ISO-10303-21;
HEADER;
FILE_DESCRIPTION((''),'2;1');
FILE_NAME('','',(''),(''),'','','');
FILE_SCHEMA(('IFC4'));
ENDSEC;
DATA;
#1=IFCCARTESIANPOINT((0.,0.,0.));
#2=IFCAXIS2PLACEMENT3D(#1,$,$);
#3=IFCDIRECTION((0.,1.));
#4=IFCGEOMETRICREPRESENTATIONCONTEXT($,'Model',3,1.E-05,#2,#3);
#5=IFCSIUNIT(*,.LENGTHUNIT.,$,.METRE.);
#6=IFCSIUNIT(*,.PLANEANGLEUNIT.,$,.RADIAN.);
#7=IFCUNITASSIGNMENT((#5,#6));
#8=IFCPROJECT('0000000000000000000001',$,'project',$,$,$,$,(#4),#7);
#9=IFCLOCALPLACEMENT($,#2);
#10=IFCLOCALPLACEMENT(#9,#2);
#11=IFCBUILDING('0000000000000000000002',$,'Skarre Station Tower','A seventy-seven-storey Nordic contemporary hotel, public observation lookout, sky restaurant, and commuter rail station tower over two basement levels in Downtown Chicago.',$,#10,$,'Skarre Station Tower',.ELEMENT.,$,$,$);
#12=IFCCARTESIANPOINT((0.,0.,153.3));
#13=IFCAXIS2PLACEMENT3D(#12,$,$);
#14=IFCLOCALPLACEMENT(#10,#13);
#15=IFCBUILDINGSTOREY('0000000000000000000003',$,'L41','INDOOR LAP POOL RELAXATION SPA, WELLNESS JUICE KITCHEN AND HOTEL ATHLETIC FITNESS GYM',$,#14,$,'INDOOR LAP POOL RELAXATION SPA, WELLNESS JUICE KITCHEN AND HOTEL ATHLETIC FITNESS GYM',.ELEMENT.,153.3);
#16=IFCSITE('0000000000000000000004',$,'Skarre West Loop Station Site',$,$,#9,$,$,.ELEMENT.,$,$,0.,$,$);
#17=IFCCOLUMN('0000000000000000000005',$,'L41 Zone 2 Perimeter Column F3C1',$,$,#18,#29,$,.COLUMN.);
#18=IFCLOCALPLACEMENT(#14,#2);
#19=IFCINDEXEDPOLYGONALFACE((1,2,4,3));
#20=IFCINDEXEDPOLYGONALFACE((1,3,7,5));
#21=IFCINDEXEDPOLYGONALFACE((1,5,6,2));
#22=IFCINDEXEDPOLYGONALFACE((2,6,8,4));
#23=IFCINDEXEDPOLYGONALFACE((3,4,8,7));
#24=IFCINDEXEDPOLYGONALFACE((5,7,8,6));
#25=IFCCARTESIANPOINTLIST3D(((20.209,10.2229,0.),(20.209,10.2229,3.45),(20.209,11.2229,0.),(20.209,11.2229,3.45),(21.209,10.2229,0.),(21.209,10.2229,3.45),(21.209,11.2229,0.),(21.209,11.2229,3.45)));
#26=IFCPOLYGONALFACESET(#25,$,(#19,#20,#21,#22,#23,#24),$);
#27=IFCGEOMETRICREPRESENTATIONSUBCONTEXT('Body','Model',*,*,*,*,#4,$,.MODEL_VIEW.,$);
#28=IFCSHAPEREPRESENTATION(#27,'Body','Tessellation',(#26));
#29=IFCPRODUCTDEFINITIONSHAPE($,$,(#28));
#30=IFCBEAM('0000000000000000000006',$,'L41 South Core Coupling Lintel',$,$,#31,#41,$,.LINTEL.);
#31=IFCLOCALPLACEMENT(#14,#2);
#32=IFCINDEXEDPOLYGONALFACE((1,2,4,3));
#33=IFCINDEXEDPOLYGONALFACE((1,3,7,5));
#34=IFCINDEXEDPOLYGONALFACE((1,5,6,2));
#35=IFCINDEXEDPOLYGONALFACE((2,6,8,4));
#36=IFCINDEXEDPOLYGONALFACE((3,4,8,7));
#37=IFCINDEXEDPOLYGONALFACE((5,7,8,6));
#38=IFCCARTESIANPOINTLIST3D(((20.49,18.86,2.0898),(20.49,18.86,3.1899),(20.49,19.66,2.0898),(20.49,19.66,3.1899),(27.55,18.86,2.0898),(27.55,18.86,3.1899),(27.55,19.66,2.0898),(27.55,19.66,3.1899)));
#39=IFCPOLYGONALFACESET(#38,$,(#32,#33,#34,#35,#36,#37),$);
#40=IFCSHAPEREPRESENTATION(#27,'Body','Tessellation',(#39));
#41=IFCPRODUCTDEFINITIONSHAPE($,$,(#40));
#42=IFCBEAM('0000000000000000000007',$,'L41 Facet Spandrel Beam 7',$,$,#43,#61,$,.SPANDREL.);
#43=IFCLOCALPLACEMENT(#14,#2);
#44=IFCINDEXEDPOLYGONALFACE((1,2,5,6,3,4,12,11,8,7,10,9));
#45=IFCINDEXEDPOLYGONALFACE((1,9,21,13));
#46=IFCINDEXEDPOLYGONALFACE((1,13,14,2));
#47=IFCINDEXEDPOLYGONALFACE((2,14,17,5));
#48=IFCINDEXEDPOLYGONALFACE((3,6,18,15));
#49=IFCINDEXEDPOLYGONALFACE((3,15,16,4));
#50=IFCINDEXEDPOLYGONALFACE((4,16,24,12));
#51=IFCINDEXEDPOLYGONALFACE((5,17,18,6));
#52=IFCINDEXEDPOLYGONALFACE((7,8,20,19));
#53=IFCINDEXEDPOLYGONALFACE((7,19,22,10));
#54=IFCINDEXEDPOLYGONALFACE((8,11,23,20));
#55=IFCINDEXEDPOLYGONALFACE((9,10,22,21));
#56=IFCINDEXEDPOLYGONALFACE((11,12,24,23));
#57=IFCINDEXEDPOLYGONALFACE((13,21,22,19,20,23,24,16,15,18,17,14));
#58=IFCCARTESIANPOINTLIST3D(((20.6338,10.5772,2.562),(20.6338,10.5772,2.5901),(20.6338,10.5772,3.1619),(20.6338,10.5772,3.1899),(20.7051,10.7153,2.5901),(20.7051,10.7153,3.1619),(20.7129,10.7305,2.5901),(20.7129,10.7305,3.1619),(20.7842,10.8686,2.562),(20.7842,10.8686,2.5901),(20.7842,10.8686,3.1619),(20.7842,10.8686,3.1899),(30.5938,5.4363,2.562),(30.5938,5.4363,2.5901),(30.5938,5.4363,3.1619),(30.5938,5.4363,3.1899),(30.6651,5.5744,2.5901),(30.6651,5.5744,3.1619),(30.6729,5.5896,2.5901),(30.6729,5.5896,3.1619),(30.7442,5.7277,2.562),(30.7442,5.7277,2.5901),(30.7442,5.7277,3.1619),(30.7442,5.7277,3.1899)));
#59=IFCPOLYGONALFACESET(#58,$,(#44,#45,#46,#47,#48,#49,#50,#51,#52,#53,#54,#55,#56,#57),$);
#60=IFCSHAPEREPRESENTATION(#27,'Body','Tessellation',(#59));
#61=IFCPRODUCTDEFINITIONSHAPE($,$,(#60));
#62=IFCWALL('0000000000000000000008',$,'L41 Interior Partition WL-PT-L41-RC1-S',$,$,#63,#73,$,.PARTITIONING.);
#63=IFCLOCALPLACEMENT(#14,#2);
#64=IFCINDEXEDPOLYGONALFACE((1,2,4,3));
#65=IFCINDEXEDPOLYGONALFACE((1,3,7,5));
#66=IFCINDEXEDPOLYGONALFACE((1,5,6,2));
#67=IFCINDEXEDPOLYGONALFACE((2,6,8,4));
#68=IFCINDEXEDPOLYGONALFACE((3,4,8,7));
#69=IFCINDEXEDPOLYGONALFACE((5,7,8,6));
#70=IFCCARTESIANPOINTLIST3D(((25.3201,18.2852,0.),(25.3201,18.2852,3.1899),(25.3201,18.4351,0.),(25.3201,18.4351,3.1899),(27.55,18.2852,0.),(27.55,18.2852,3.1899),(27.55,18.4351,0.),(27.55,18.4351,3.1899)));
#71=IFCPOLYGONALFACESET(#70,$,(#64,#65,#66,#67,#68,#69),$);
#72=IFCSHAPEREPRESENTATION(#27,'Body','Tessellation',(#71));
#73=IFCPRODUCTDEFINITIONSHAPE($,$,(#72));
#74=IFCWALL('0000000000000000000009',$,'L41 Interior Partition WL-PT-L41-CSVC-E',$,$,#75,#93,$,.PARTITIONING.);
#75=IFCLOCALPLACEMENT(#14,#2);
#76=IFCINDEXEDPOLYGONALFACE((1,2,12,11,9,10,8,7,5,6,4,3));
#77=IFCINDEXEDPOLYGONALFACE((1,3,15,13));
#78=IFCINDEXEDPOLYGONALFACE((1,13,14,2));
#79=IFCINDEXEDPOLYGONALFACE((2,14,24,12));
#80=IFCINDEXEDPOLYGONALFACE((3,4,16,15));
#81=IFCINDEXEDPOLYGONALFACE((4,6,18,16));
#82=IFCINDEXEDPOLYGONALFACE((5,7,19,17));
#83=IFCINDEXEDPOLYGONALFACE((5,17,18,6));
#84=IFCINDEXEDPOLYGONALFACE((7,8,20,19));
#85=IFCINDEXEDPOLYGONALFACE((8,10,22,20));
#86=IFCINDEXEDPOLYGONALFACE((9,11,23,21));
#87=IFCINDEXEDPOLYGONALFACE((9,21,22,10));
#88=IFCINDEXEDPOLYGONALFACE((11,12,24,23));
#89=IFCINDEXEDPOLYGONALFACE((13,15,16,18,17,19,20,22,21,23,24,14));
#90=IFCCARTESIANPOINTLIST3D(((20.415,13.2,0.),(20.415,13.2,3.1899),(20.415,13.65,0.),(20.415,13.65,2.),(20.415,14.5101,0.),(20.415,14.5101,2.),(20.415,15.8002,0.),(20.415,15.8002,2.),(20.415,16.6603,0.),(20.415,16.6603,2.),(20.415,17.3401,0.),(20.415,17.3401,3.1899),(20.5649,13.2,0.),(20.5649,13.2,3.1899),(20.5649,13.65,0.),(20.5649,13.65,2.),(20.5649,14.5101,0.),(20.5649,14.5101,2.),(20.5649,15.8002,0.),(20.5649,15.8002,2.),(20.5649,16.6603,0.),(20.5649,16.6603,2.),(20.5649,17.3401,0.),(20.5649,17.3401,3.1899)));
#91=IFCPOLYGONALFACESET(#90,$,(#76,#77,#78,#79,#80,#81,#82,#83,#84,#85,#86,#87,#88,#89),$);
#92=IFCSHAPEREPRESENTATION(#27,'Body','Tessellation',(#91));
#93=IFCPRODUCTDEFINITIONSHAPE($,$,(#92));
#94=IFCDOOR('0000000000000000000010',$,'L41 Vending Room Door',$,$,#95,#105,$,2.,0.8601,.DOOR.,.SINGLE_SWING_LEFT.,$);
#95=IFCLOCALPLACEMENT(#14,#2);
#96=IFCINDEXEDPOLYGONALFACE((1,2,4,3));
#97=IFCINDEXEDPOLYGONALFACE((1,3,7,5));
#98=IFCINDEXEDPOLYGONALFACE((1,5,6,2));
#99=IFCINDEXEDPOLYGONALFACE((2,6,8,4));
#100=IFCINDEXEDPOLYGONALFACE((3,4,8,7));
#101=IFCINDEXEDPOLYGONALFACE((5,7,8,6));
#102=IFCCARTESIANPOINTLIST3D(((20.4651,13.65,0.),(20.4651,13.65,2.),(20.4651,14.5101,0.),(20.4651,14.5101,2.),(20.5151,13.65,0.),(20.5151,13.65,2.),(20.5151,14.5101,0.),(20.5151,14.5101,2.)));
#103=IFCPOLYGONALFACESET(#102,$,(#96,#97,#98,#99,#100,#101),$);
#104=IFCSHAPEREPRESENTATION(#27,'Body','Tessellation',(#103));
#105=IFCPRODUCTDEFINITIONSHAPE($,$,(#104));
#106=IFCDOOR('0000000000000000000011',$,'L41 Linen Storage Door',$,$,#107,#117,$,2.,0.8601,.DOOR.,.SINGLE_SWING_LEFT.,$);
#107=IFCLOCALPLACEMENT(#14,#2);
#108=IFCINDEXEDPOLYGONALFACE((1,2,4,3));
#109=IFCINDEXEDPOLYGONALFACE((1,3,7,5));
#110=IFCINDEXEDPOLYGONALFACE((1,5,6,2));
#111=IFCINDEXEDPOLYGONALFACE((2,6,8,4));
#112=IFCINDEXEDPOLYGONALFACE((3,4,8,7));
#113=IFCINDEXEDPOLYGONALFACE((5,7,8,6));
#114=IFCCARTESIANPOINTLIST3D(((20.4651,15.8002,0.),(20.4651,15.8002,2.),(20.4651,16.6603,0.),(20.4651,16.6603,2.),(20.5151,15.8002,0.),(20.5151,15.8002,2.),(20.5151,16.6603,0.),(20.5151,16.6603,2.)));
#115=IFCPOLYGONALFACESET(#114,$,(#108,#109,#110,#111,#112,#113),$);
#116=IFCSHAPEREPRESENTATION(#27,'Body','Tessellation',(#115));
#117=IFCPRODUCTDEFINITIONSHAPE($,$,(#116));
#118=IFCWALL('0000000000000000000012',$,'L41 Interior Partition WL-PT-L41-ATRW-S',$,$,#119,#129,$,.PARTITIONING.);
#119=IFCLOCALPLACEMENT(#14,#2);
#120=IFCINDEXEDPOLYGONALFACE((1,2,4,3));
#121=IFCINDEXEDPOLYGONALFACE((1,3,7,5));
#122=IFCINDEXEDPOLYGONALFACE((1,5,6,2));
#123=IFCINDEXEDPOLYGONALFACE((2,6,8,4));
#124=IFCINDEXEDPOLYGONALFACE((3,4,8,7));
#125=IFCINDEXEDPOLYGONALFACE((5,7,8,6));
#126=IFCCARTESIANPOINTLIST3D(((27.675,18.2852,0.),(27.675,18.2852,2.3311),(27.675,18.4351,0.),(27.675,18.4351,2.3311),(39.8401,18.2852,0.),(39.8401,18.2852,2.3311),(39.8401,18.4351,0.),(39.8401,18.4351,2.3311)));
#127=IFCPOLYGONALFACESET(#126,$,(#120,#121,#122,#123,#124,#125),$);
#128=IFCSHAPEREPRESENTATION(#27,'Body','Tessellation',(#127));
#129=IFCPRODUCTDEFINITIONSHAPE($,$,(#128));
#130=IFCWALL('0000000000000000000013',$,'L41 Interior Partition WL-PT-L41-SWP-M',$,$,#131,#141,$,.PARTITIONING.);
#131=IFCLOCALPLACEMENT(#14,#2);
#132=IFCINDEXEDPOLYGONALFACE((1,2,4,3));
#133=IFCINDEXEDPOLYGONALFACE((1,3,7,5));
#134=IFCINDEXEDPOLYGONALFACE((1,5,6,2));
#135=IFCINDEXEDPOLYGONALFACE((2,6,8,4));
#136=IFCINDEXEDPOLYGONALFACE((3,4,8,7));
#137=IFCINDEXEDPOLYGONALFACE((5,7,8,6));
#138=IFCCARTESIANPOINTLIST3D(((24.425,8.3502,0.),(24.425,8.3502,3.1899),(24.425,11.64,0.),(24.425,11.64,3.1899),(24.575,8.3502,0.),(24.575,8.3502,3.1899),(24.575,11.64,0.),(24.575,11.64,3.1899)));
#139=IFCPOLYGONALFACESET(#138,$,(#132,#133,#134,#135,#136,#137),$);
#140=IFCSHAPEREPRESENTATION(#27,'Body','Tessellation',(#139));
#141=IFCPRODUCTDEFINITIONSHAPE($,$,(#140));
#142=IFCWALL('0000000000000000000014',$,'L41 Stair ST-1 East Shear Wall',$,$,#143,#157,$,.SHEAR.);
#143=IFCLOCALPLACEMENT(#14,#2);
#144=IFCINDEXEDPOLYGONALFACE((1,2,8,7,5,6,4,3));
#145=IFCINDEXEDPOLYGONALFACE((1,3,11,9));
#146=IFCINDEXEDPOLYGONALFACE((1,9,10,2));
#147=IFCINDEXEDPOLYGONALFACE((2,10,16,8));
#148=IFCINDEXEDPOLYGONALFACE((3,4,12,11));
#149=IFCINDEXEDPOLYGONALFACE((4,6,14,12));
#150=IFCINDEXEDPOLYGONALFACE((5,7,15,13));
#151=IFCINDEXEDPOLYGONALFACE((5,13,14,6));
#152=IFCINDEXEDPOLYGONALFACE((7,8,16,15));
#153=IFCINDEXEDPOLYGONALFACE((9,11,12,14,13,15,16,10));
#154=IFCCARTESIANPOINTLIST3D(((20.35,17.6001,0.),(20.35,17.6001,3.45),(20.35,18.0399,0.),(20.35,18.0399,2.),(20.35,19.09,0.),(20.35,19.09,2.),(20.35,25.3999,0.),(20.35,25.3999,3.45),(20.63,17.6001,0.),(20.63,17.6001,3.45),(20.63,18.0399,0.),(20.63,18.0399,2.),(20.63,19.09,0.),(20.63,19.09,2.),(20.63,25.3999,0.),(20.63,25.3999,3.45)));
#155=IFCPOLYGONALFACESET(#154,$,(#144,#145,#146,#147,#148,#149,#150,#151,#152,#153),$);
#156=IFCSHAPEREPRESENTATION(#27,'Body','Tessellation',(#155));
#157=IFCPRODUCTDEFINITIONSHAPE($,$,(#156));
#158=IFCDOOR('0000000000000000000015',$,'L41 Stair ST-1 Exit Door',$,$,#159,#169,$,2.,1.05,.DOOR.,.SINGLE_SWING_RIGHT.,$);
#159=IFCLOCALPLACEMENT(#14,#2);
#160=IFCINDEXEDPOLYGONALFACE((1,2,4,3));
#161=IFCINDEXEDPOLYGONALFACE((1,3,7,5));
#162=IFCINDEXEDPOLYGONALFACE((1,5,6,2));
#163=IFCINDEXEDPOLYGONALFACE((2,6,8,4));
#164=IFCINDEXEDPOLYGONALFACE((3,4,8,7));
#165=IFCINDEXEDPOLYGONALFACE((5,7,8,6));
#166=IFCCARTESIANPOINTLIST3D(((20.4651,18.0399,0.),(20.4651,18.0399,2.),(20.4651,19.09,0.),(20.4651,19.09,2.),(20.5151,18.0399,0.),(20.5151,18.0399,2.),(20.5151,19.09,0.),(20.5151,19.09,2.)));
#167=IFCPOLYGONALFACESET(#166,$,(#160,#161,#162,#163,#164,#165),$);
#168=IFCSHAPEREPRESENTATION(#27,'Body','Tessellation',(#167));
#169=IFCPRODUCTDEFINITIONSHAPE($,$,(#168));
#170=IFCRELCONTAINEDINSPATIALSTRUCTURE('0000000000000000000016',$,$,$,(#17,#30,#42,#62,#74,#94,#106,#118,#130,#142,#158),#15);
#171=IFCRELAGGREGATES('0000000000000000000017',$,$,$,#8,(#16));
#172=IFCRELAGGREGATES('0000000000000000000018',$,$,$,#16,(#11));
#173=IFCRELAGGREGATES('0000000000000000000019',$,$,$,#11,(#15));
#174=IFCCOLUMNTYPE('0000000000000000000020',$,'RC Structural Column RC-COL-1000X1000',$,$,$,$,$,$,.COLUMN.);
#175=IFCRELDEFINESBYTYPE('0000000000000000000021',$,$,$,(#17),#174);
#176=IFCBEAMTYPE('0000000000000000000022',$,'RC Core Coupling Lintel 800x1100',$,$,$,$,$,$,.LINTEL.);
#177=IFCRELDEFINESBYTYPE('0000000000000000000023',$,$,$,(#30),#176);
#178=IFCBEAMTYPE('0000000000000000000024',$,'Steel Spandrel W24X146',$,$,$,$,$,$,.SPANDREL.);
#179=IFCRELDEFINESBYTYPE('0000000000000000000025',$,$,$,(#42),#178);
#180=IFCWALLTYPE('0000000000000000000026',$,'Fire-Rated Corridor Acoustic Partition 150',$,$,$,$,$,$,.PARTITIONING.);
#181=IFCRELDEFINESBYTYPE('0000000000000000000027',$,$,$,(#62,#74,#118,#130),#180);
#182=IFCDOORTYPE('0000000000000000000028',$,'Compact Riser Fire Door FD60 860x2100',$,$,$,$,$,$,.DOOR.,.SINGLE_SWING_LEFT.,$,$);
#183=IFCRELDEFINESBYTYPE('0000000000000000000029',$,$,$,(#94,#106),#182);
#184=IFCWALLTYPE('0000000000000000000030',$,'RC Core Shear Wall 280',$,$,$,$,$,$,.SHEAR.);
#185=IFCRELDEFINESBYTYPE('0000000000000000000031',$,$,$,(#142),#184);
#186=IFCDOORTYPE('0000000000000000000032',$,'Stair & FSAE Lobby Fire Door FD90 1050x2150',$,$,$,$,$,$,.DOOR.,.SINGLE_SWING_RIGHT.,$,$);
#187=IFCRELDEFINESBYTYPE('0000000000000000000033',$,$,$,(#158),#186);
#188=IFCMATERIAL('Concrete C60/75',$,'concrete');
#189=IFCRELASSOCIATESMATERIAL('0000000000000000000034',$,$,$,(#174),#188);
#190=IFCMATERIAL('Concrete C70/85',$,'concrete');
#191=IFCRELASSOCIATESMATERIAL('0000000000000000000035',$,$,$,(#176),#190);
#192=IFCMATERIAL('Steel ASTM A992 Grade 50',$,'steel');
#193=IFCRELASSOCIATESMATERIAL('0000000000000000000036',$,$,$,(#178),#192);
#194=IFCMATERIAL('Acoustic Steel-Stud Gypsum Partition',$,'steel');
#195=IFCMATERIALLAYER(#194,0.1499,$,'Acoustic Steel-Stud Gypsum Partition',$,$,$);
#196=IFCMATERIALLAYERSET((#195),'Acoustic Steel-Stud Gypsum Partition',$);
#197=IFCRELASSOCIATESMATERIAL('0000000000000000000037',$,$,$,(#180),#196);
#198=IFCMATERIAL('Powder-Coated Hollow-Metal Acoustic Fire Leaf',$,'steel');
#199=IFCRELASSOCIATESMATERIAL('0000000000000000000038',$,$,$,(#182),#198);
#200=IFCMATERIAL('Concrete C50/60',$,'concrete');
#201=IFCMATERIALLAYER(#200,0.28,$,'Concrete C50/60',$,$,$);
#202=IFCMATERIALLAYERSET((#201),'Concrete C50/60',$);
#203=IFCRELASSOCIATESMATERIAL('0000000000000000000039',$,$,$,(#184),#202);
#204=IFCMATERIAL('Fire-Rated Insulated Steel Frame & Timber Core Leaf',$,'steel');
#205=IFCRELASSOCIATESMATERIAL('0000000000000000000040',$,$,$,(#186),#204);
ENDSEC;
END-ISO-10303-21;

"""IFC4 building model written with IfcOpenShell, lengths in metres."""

from ifc_helpers import new_model, si_unit, direction, frame, frame_2d, origin, origin_2d, place, context, subcontext, project, spatial, rectangle, i_section, extrude, material, layer, layer_set, material_profile, profile_set, type_object, element, fill, save


model = new_model("IFC4")

# Units and contexts
model_context = context("Model", 3, precision=1e-05, world=origin(), true_north=direction((0.0, 1.0)))
body_context = subcontext(model_context, "Body", "Model", "MODEL_VIEW")
ifc_project = project(units=[si_unit("LENGTHUNIT", "METRE"), si_unit("PLANEANGLEUNIT", "RADIAN")], contexts=[model_context])

# Site, building, storey
site_placement = place(None, origin())
site = spatial("IfcSite", under=ifc_project, at=site_placement, Name="Skarre West Loop Station Site", CompositionType="ELEMENT", RefElevation=0.0)
building_placement = place(site_placement, origin())
building = spatial("IfcBuilding", under=site, at=building_placement, Name="Skarre Station Tower", Description="A seventy-seven-storey Nordic contemporary hotel, public observation lookout, sky restaurant, and commuter rail station tower over two basement levels in Downtown Chicago.", LongName="Skarre Station Tower", CompositionType="ELEMENT")
storey_placement = place(building_placement, frame((0.0, 0.0, 153.3)))
storey = spatial("IfcBuildingStorey", under=building, at=storey_placement, Name="L41", Description="INDOOR LAP POOL RELAXATION SPA, WELLNESS JUICE KITCHEN AND HOTEL ATHLETIC FITNESS GYM", LongName="INDOOR LAP POOL RELAXATION SPA, WELLNESS JUICE KITCHEN AND HOTEL ATHLETIC FITNESS GYM", CompositionType="ELEMENT", Elevation=153.3)

# Column
ifc_material_1 = material(Name="Concrete C60/75", Category="concrete")
ifc_material_profile_1 = material_profile(ifc_material_1, rectangle(XDim=1.0, YDim=1.0, at=origin_2d()), Name="Concrete C60/75")
ifc_profile_set_1 = profile_set([ifc_material_profile_1], Name="Concrete C60/75")
column_type = type_object("IfcColumnType", Name="RC Structural Column RC-COL-1000X1000", PredefinedType="COLUMN", material=ifc_profile_set_1)
column_placement = place(storey_placement, frame((20.709, 10.7229, 0.0), z_axis=(0.0, 0.0, 1.0), x_axis=(1.0, 0.0, 0.0)))
element("IfcColumn", 1, at=column_placement, inside=storey, type_object=column_type, Name="L41 Zone 2 Perimeter Column F3C1", PredefinedType="COLUMN", context=body_context, shape_type="SweptSolid", body=[
    extrude(rectangle(XDim=1.0, YDim=1.0, at=origin_2d()), origin(), (0.0, 0.0, 1.0), 3.45),
])

# Beams
ifc_material_2 = material(Name="Concrete C70/85", Category="concrete")
ifc_material_profile_2 = material_profile(ifc_material_2, rectangle(XDim=0.8, YDim=1.1001, at=origin_2d()), Name="Concrete C70/85")
ifc_profile_set_2 = profile_set([ifc_material_profile_2], Name="Concrete C70/85")
beam_type_1 = type_object("IfcBeamType", Name="RC Core Coupling Lintel 800x1100", PredefinedType="LINTEL", material=ifc_profile_set_2)
beam_1_placement = place(storey_placement, frame((20.49, 19.26, 2.6399), z_axis=(1.0, 0.0, 0.0), x_axis=(0.0, 1.0, 0.0)))
element("IfcBeam", 2, at=beam_1_placement, inside=storey, type_object=beam_type_1, Name="L41 South Core Coupling Lintel", PredefinedType="LINTEL", context=body_context, shape_type="SweptSolid", body=[
    extrude(rectangle(XDim=0.8, YDim=1.1001, at=origin_2d()), origin(), (0.0, 0.0, 1.0), 7.0601),
])
ifc_material_3 = material(Name="Steel ASTM A992 Grade 50", Category="steel")
ifc_material_profile_3 = material_profile(ifc_material_3, i_section(OverallWidth=0.3279, OverallDepth=0.6279, WebThickness=0.0171, FlangeThickness=0.0281, at=origin_2d()), Name="Steel ASTM A992 Grade 50")
ifc_profile_set_3 = profile_set([ifc_material_profile_3], Name="Steel ASTM A992 Grade 50")
beam_type_2 = type_object("IfcBeamType", Name="Steel Spandrel W24X146", PredefinedType="SPANDREL", material=ifc_profile_set_3)
beam_2_placement = place(storey_placement, frame((20.709, 10.7229, 2.876), z_axis=(0.888612, -0.45866, 0.0), x_axis=(0.45866, 0.888612, 0.0)))
element("IfcBeam", 3, at=beam_2_placement, inside=storey, type_object=beam_type_2, Name="L41 Facet Spandrel Beam 7", PredefinedType="SPANDREL", context=body_context, shape_type="SweptSolid", body=[
    extrude(i_section(OverallWidth=0.3279, OverallDepth=0.6279, WebThickness=0.0171, FlangeThickness=0.0281, at=origin_2d()), origin(), (0.0, 0.0, 1.0), 11.2085),
])

# Wall
ifc_material_4 = material(Name="Acoustic Steel-Stud Gypsum Partition", Category="steel")
ifc_layer_1 = layer(ifc_material_4, 0.1499, Name="Acoustic Steel-Stud Gypsum Partition")
ifc_layer_set_1 = layer_set([ifc_layer_1], Name="Acoustic Steel-Stud Gypsum Partition")
wall_type_1 = type_object("IfcWallType", Name="Fire-Rated Corridor Acoustic Partition 150", PredefinedType="PARTITIONING", material=ifc_layer_set_1)
wall_1_placement = place(storey_placement, frame((25.3201, 18.3601, 0.0), z_axis=(0.0, 0.0, 1.0), x_axis=(1.0, 0.0, 0.0)))
element("IfcWall", 4, at=wall_1_placement, inside=storey, type_object=wall_type_1, Name="L41 Interior Partition WL-PT-L41-RC1-S", PredefinedType="PARTITIONING", context=body_context, shape_type="SweptSolid", body=[
    extrude(rectangle(XDim=2.23, YDim=0.1499, at=frame_2d((1.115, 0.0))), origin(), (0.0, 0.0, 1.0), 3.1899),
])

# Wall, openings, doors
wall_2_placement = place(storey_placement, frame((20.49, 13.2, 0.0), z_axis=(0.0, 0.0, 1.0), x_axis=(0.0, 1.0, 0.0)))
wall_2 = element("IfcWall", 5, at=wall_2_placement, inside=storey, type_object=wall_type_1, Name="L41 Interior Partition WL-PT-L41-CSVC-E", PredefinedType="PARTITIONING", context=body_context, shape_type="SweptSolid", body=[
    extrude(rectangle(XDim=4.1401, YDim=0.1499, at=frame_2d((2.0701, 0.0))), origin(), (0.0, 0.0, 1.0), 3.1899),
])
opening_1_placement = place(wall_2_placement, frame((0.45, 0.0, 0.0)))
opening_1 = element("IfcOpeningElement", 6, at=opening_1_placement, cuts=wall_2, PredefinedType="OPENING", context=body_context, shape_type="SweptSolid", body=[
    extrude(rectangle(XDim=0.8601, YDim=2.0, at=frame_2d((0.4302, 1.0))), frame((0.0, 0.085, 0.0), z_axis=(0.0, -1.0, 0.0), x_axis=(1.0, 0.0, 0.0)), (0.0, 0.0, 1.0), 0.1699),
])
opening_2_placement = place(wall_2_placement, frame((2.6001, 0.0, 0.0)))
opening_2 = element("IfcOpeningElement", 7, at=opening_2_placement, cuts=wall_2, PredefinedType="OPENING", context=body_context, shape_type="SweptSolid", body=[
    extrude(rectangle(XDim=0.8601, YDim=2.0, at=frame_2d((0.4302, 1.0))), frame((0.0, 0.085, 0.0), z_axis=(0.0, -1.0, 0.0), x_axis=(1.0, 0.0, 0.0)), (0.0, 0.0, 1.0), 0.1699),
])
ifc_material_5 = material(Name="Powder-Coated Hollow-Metal Acoustic Fire Leaf", Category="steel")
door_type_1 = type_object("IfcDoorType", Name="Compact Riser Fire Door FD60 860x2100", OperationType="SINGLE_SWING_LEFT", PredefinedType="DOOR", material=ifc_material_5)
door_1_placement = place(opening_1_placement, origin())
door_1 = element("IfcDoor", 8, at=door_1_placement, inside=storey, type_object=door_type_1, Name="L41 Vending Room Door", OperationType="SINGLE_SWING_LEFT", OverallHeight=2.0, OverallWidth=0.8601, PredefinedType="DOOR", context=body_context, shape_type="SweptSolid", body=[
    extrude(rectangle(XDim=0.8601, YDim=2.0, at=frame_2d((0.4302, 1.0))), frame((0.0, 0.0249, 0.0), z_axis=(0.0, -1.0, 0.0), x_axis=(1.0, 0.0, 0.0)), (0.0, 0.0, 1.0), 0.05),
])
fill(opening_1, door_1)
door_2_placement = place(opening_2_placement, origin())
door_2 = element("IfcDoor", 9, at=door_2_placement, inside=storey, type_object=door_type_1, Name="L41 Linen Storage Door", OperationType="SINGLE_SWING_LEFT", OverallHeight=2.0, OverallWidth=0.8601, PredefinedType="DOOR", context=body_context, shape_type="SweptSolid", body=[
    extrude(rectangle(XDim=0.8601, YDim=2.0, at=frame_2d((0.4302, 1.0))), frame((0.0, 0.0249, 0.0), z_axis=(0.0, -1.0, 0.0), x_axis=(1.0, 0.0, 0.0)), (0.0, 0.0, 1.0), 0.05),
])
fill(opening_2, door_2)

# Walls
wall_3_placement = place(storey_placement, frame((27.675, 18.3601, 0.0), z_axis=(0.0, 0.0, 1.0), x_axis=(1.0, 0.0, 0.0)))
element("IfcWall", 10, at=wall_3_placement, inside=storey, type_object=wall_type_1, Name="L41 Interior Partition WL-PT-L41-ATRW-S", PredefinedType="PARTITIONING", context=body_context, shape_type="SweptSolid", body=[
    extrude(rectangle(XDim=12.165, YDim=0.1499, at=frame_2d((6.0825, 0.0))), origin(), (0.0, 0.0, 1.0), 2.3311),
])
wall_4_placement = place(storey_placement, frame((24.5, 8.3501, 0.0), z_axis=(0.0, 0.0, 1.0), x_axis=(0.0, 1.0, 0.0)))
element("IfcWall", 11, at=wall_4_placement, inside=storey, type_object=wall_type_1, Name="L41 Interior Partition WL-PT-L41-SWP-M", PredefinedType="PARTITIONING", context=body_context, shape_type="SweptSolid", body=[
    extrude(rectangle(XDim=3.2898, YDim=0.1499, at=frame_2d((1.645, 0.0))), origin(), (0.0, 0.0, 1.0), 3.1899),
])

# Wall, opening, door
ifc_material_6 = material(Name="Concrete C50/60", Category="concrete")
ifc_layer_2 = layer(ifc_material_6, 0.28, Name="Concrete C50/60")
ifc_layer_set_2 = layer_set([ifc_layer_2], Name="Concrete C50/60")
wall_type_2 = type_object("IfcWallType", Name="RC Core Shear Wall 280", PredefinedType="SHEAR", material=ifc_layer_set_2)
wall_5_placement = place(storey_placement, frame((20.49, 17.6001, 0.0), z_axis=(0.0, 0.0, 1.0), x_axis=(0.0, 1.0, 0.0)))
wall_5 = element("IfcWall", 12, at=wall_5_placement, inside=storey, type_object=wall_type_2, Name="L41 Stair ST-1 East Shear Wall", PredefinedType="SHEAR", context=body_context, shape_type="SweptSolid", body=[
    extrude(rectangle(XDim=7.7998, YDim=0.28, at=frame_2d((3.8999, 0.0))), origin(), (0.0, 0.0, 1.0), 3.45),
])
opening_3_placement = place(wall_5_placement, frame((0.4399, 0.0, 0.0)))
opening_3 = element("IfcOpeningElement", 13, at=opening_3_placement, cuts=wall_5, PredefinedType="OPENING", context=body_context, shape_type="SweptSolid", body=[
    extrude(rectangle(XDim=1.05, YDim=2.0, at=frame_2d((0.5249, 1.0))), frame((0.0, 0.1499, 0.0), z_axis=(0.0, -1.0, 0.0), x_axis=(1.0, 0.0, 0.0)), (0.0, 0.0, 1.0), 0.3),
])
ifc_material_7 = material(Name="Fire-Rated Insulated Steel Frame & Timber Core Leaf", Category="steel")
door_type_2 = type_object("IfcDoorType", Name="Stair & FSAE Lobby Fire Door FD90 1050x2150", OperationType="SINGLE_SWING_RIGHT", PredefinedType="DOOR", material=ifc_material_7)
door_3_placement = place(opening_3_placement, origin())
door_3 = element("IfcDoor", 14, at=door_3_placement, inside=storey, type_object=door_type_2, Name="L41 Stair ST-1 Exit Door", OperationType="SINGLE_SWING_RIGHT", OverallHeight=2.0, OverallWidth=1.05, PredefinedType="DOOR", context=body_context, shape_type="SweptSolid", body=[
    extrude(rectangle(XDim=1.05, YDim=2.0, at=frame_2d((0.5249, 1.0))), frame((0.0, 0.0249, 0.0), z_axis=(0.0, -1.0, 0.0), x_axis=(1.0, 0.0, 0.0)), (0.0, 0.0, 1.0), 0.05),
])
fill(opening_3, door_3)

save(model, "model.ifc")
